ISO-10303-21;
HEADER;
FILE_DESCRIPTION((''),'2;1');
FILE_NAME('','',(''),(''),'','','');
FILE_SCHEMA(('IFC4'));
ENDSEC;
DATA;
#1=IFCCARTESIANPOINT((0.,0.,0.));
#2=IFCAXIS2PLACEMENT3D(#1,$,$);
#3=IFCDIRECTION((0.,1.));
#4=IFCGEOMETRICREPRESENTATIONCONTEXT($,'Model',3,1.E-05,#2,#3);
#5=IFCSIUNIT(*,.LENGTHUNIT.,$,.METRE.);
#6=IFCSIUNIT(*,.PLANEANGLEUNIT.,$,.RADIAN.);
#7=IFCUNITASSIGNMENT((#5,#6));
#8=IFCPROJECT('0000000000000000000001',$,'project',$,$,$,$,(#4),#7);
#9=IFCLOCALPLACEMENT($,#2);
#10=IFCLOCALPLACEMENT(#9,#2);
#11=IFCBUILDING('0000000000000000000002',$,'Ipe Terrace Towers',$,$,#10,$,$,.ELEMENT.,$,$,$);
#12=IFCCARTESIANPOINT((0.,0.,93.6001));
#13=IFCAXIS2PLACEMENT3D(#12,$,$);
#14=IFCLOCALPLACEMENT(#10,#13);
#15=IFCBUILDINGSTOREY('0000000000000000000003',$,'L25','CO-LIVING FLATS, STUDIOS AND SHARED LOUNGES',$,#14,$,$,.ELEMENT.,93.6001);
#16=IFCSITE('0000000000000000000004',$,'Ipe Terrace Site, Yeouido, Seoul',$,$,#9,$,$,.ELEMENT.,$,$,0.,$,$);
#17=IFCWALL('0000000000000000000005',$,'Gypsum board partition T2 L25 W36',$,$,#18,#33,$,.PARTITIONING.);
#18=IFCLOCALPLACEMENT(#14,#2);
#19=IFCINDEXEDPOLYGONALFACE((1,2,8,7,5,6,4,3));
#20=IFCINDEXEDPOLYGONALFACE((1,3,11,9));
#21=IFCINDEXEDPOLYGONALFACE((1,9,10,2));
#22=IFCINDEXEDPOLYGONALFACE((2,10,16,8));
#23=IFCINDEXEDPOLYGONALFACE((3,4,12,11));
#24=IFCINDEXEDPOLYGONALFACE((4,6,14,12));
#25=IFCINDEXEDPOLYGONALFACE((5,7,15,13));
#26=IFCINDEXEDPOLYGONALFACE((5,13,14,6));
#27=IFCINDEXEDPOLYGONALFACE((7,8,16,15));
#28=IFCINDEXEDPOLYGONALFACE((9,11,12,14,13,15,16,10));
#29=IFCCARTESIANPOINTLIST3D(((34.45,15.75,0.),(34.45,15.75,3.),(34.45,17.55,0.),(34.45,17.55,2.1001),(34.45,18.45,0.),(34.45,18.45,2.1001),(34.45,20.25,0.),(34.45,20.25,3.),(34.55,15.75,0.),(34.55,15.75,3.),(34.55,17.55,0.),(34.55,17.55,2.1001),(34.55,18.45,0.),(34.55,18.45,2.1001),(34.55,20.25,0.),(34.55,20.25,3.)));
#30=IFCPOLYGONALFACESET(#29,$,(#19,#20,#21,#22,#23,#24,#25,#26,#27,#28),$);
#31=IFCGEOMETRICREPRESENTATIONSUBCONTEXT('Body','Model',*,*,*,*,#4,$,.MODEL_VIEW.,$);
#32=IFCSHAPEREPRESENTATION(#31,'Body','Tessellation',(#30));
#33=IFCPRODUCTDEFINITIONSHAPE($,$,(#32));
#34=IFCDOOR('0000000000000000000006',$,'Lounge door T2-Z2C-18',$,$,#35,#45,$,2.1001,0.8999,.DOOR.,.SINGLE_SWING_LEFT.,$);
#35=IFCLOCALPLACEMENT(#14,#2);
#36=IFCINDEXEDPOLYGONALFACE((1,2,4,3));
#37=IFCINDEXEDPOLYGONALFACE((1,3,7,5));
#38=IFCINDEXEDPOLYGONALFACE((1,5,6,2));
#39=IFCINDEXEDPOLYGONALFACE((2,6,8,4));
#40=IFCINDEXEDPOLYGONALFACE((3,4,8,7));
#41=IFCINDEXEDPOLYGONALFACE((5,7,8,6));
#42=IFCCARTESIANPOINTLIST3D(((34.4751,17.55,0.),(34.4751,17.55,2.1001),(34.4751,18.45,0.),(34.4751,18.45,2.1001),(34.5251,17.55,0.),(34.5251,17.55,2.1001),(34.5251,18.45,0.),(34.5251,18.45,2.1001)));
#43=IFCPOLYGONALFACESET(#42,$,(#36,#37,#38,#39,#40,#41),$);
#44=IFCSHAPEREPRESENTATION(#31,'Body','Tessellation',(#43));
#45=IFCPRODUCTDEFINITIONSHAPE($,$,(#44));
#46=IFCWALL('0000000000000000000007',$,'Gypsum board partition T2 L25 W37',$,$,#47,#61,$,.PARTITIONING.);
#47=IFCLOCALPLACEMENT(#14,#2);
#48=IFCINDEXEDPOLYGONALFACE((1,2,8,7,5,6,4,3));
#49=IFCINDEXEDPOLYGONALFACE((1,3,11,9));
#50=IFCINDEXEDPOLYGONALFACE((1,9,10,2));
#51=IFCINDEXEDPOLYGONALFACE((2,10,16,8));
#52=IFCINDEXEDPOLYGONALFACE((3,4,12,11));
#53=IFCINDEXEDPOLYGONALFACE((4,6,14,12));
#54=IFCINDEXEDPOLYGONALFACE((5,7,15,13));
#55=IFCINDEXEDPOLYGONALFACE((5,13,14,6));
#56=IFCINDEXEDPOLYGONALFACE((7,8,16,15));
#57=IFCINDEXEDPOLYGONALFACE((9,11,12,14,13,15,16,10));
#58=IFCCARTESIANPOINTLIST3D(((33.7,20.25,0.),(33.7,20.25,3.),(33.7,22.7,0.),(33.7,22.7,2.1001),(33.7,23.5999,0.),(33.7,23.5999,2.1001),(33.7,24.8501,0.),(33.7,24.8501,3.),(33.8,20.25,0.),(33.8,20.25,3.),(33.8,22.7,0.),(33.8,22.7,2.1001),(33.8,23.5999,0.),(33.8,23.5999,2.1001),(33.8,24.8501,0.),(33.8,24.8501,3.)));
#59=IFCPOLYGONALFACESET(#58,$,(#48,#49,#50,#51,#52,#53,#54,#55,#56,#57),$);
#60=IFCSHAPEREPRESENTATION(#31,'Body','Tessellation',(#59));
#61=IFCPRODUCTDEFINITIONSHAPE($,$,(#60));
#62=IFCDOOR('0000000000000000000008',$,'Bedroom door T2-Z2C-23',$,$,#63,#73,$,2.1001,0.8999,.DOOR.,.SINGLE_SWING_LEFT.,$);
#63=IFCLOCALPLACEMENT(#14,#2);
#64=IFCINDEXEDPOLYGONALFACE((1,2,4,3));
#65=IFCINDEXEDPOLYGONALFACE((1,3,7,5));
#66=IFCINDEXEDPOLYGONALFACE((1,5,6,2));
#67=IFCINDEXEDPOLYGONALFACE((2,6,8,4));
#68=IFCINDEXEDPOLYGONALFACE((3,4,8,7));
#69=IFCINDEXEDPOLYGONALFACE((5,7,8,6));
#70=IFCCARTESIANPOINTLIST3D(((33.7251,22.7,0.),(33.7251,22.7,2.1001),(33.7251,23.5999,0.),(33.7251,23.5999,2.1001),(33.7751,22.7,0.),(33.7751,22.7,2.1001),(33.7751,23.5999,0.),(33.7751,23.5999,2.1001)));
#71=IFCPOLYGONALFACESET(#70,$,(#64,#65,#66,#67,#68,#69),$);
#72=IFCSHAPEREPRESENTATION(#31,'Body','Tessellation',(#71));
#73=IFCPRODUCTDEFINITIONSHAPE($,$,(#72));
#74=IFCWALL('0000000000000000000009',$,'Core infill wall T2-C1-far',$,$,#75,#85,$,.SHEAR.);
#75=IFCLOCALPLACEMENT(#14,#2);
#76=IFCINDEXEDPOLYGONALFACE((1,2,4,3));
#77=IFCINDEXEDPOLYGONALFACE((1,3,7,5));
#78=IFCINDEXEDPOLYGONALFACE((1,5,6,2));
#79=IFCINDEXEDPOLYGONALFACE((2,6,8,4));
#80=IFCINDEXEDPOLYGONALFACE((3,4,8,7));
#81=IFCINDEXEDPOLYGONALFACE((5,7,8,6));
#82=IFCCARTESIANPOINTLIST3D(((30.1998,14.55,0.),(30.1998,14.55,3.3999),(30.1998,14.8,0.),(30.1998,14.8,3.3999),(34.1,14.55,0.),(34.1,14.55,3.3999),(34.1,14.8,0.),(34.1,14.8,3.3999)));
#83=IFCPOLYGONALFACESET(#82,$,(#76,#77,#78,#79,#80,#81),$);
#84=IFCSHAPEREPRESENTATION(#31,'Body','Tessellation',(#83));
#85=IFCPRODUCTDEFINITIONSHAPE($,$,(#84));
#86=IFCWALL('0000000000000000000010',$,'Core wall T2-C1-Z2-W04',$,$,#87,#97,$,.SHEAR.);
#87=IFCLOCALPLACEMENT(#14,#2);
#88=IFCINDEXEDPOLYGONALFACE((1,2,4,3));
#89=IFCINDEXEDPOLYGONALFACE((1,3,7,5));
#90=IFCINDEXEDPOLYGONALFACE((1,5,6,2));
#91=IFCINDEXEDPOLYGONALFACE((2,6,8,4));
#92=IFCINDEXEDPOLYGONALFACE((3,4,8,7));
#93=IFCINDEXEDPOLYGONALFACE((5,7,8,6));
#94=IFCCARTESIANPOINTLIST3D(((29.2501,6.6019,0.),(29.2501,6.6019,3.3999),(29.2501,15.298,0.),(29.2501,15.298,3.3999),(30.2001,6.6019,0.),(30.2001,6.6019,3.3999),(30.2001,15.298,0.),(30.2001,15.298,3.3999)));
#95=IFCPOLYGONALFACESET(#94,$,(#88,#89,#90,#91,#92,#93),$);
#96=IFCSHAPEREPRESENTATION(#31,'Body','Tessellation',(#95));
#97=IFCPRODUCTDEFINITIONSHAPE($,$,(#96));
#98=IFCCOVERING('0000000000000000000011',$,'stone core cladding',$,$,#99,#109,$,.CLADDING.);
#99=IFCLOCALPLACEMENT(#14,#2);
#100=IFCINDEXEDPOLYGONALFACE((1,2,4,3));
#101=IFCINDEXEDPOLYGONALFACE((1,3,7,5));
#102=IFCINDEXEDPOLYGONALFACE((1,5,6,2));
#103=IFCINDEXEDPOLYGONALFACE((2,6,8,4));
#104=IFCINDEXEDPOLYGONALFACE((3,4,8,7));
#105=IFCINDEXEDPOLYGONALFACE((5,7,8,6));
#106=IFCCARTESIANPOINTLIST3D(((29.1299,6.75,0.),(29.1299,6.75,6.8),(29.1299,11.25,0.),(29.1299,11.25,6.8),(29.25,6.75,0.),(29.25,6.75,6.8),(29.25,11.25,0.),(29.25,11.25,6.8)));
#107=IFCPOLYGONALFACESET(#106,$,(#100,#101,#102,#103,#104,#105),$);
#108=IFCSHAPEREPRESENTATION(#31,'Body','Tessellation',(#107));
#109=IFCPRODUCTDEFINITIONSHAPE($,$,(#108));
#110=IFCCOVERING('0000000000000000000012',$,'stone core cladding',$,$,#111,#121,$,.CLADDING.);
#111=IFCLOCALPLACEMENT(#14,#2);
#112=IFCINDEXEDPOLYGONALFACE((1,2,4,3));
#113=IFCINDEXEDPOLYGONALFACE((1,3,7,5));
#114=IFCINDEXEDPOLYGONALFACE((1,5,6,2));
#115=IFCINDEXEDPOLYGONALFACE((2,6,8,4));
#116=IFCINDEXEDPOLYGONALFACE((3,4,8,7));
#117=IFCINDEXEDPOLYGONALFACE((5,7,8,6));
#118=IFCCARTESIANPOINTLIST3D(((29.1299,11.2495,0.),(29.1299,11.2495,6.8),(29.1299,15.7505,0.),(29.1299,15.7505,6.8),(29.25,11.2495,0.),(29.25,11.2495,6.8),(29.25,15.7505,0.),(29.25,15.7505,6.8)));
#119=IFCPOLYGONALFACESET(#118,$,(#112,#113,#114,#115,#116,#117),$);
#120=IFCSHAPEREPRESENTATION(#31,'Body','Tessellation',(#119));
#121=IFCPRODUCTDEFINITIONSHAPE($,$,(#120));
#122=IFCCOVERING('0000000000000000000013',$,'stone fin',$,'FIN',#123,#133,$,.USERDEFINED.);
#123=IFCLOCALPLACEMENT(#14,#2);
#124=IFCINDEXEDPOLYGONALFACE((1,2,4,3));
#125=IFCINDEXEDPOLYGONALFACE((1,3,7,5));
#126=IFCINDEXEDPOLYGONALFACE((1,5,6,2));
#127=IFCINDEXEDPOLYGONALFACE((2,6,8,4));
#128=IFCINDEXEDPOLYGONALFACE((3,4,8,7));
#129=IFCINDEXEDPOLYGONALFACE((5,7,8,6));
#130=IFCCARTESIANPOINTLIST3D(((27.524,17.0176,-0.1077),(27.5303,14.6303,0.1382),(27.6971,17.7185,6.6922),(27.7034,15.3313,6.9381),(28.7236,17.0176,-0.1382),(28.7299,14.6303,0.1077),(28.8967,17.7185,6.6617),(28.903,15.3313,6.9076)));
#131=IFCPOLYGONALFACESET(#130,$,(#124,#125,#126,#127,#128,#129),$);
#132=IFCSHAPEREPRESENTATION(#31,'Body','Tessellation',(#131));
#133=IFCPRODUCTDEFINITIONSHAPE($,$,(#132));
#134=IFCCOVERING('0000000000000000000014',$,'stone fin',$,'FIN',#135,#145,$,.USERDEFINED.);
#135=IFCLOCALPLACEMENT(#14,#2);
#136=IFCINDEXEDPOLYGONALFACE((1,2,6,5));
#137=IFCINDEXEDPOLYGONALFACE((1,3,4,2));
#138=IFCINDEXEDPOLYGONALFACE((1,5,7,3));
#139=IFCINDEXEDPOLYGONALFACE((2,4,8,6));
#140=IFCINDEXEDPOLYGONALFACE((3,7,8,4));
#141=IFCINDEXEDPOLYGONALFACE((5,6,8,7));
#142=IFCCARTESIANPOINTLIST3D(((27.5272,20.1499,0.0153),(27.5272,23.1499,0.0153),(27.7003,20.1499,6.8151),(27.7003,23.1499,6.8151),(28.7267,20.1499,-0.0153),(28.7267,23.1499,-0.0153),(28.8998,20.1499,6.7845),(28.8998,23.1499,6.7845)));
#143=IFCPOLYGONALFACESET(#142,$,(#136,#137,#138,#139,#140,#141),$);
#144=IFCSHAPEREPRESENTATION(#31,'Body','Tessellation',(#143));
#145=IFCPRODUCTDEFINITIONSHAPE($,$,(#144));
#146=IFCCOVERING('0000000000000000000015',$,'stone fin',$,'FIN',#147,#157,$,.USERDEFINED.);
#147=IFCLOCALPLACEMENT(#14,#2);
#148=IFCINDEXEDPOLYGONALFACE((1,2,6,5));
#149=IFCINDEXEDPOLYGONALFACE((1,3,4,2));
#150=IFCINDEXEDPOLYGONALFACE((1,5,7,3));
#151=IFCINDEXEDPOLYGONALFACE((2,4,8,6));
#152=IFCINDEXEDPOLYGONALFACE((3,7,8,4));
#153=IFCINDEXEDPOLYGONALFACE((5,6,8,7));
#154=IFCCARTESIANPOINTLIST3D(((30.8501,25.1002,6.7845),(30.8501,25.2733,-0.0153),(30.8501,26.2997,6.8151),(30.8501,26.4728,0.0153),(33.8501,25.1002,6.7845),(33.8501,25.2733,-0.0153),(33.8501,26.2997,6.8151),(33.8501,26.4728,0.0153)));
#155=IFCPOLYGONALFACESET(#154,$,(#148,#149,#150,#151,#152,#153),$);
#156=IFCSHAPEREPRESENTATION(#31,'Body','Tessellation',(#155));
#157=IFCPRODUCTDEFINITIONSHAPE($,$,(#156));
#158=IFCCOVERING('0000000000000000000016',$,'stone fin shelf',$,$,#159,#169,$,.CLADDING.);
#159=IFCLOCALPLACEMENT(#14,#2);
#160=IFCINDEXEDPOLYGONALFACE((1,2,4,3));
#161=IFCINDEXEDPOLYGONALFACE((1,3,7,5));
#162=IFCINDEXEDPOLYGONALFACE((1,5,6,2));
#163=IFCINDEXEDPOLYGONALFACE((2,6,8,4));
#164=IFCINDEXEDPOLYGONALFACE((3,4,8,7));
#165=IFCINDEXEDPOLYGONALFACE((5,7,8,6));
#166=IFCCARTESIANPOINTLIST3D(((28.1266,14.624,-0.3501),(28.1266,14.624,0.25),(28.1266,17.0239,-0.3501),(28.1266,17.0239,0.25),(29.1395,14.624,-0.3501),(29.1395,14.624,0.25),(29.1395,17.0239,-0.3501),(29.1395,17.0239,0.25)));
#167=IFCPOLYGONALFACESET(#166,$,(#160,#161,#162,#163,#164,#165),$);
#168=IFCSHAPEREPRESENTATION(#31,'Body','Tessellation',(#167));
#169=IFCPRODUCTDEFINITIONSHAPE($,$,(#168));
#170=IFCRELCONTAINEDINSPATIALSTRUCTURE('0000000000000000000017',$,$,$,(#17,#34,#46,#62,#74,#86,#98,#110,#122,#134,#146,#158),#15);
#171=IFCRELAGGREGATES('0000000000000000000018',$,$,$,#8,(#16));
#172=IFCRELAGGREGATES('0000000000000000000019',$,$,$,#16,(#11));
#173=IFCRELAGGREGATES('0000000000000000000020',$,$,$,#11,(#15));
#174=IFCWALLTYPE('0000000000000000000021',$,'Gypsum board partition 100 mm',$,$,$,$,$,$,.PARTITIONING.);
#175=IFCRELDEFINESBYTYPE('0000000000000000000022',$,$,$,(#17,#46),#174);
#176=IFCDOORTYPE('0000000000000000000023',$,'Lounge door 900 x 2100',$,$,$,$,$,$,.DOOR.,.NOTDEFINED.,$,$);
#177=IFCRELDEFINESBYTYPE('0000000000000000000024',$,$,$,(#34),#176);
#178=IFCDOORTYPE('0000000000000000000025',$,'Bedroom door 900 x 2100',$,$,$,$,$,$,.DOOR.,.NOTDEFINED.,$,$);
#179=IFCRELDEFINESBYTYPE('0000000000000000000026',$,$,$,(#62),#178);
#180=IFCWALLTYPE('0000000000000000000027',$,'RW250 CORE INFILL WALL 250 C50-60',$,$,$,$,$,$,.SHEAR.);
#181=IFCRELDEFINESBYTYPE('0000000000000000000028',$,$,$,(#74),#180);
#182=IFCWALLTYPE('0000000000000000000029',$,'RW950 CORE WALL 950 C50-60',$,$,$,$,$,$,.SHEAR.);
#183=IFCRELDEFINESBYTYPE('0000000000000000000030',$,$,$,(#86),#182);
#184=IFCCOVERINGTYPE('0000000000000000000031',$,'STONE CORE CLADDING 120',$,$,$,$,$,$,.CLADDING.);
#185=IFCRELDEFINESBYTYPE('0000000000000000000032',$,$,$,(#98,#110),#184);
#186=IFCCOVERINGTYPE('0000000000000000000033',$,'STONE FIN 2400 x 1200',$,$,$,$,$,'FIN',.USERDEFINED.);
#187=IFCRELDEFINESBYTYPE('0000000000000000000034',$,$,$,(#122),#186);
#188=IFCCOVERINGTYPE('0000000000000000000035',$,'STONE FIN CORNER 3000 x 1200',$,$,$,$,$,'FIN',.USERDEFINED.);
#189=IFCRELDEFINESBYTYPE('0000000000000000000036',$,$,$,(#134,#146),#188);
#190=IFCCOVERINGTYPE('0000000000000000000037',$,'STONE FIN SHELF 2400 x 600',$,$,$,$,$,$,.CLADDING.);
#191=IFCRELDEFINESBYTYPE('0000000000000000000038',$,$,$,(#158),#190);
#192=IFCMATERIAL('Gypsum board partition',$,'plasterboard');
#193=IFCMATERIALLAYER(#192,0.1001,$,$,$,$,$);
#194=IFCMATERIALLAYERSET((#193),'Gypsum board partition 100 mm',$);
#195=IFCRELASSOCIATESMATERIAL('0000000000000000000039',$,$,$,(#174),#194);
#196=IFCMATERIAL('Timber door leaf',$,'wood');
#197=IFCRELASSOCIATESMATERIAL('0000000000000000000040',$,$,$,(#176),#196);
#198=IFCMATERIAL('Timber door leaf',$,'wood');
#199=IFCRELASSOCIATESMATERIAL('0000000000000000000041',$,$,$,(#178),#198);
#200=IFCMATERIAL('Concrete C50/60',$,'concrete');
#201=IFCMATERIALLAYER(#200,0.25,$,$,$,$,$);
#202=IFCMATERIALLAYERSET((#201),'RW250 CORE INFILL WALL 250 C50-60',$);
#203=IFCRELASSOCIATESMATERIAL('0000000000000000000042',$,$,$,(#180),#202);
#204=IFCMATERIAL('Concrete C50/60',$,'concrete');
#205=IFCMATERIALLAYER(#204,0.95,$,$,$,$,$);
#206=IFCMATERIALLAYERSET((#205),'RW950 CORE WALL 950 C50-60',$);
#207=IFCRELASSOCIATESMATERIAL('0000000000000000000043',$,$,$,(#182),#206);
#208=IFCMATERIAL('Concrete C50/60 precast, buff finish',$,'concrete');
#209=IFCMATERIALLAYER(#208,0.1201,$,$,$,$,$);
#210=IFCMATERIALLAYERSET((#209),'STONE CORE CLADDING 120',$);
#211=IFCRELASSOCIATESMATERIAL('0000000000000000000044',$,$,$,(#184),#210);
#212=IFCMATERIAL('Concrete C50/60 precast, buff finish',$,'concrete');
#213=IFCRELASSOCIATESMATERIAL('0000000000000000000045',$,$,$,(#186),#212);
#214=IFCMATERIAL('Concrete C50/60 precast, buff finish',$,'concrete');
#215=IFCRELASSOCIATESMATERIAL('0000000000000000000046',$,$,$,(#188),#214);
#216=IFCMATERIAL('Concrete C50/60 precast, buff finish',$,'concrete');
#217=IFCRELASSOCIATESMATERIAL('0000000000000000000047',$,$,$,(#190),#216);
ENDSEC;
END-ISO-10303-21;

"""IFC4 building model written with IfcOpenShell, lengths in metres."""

from ifc_helpers import new_model, si_unit, direction, frame, frame_2d, origin, origin_2d, place, context, subcontext, project, spatial, rectangle, extrude, material, layer, layer_set, material_profile, profile_set, type_object, element, fill, save


model = new_model("IFC4")

# Units and contexts
model_context = context("Model", 3, precision=1e-05, world=origin(), true_north=direction((0.0, 1.0)))
body_context = subcontext(model_context, "Body", "Model", "MODEL_VIEW")
ifc_project = project(units=[si_unit("LENGTHUNIT", "METRE"), si_unit("PLANEANGLEUNIT", "RADIAN")], contexts=[model_context])

# Site, building, storey
site_placement = place(None, origin())
site = spatial("IfcSite", under=ifc_project, at=site_placement, Name="Ipe Terrace Site, Yeouido, Seoul", CompositionType="ELEMENT", RefElevation=0.0)
building_placement = place(site_placement, origin())
building = spatial("IfcBuilding", under=site, at=building_placement, Name="Ipe Terrace Towers", CompositionType="ELEMENT")
storey_placement = place(building_placement, frame((0.0, 0.0, 93.6001)))
storey = spatial("IfcBuildingStorey", under=building, at=storey_placement, Name="L25", Description="CO-LIVING FLATS, STUDIOS AND SHARED LOUNGES", CompositionType="ELEMENT", Elevation=93.6001)

# Shared definitions
ifc_material_1 = material(Name="Gypsum board partition", Category="plasterboard")
ifc_layer_1 = layer(ifc_material_1, 0.1001)
ifc_layer_set_1 = layer_set([ifc_layer_1], Name="Gypsum board partition 100 mm")
wall_type_1 = type_object("IfcWallType", Name="Gypsum board partition 100 mm", PredefinedType="PARTITIONING", material=ifc_layer_set_1)

# Walls, openings, doors
wall_1_placement = place(storey_placement, frame((34.5, 15.75, 0.0), z_axis=(0.0, 0.0, 1.0), x_axis=(0.0, 1.0, 0.0)))
wall_1 = element("IfcWall", 1, at=wall_1_placement, inside=storey, type_object=wall_type_1, Name="Gypsum board partition T2 L25 W36", PredefinedType="PARTITIONING", context=body_context, shape_type="SweptSolid", body=[
    extrude(rectangle(XDim=4.5, YDim=0.1001, at=frame_2d((2.25, 0.0))), origin(), (0.0, 0.0, 1.0), 3.0),
])
opening_1_placement = place(wall_1_placement, frame((1.8, 0.0, 0.0)))
opening_1 = element("IfcOpeningElement", 2, at=opening_1_placement, cuts=wall_1, PredefinedType="OPENING", context=body_context, shape_type="SweptSolid", body=[
    extrude(rectangle(XDim=0.8999, YDim=2.1001, at=frame_2d((0.45, 1.05))), frame((0.0, 0.0601, 0.0), z_axis=(0.0, -1.0, 0.0), x_axis=(1.0, 0.0, 0.0)), (0.0, 0.0, 1.0), 0.1201),
])
ifc_material_2 = material(Name="Timber door leaf", Category="wood")
door_type_1 = type_object("IfcDoorType", Name="Lounge door 900 x 2100", OperationType="NOTDEFINED", PredefinedType="DOOR", material=ifc_material_2)
door_1_placement = place(opening_1_placement, origin())
door_1 = element("IfcDoor", 3, at=door_1_placement, inside=storey, type_object=door_type_1, Name="Lounge door T2-Z2C-18", OperationType="SINGLE_SWING_LEFT", OverallHeight=2.1001, OverallWidth=0.8999, PredefinedType="DOOR", context=body_context, shape_type="SweptSolid", body=[
    extrude(rectangle(XDim=0.8999, YDim=2.1001, at=frame_2d((0.45, 1.05))), frame((0.0, 0.0249, 0.0), z_axis=(0.0, -1.0, 0.0), x_axis=(1.0, 0.0, 0.0)), (0.0, 0.0, 1.0), 0.05),
])
fill(opening_1, door_1)
wall_2_placement = place(storey_placement, frame((33.75, 20.25, 0.0), z_axis=(0.0, 0.0, 1.0), x_axis=(0.0, 1.0, 0.0)))
wall_2 = element("IfcWall", 4, at=wall_2_placement, inside=storey, type_object=wall_type_1, Name="Gypsum board partition T2 L25 W37", PredefinedType="PARTITIONING", context=body_context, shape_type="SweptSolid", body=[
    extrude(rectangle(XDim=4.6001, YDim=0.1001, at=frame_2d((2.3, 0.0))), origin(), (0.0, 0.0, 1.0), 3.0),
])
opening_2_placement = place(wall_2_placement, frame((2.45, 0.0, 0.0)))
opening_2 = element("IfcOpeningElement", 5, at=opening_2_placement, cuts=wall_2, PredefinedType="OPENING", context=body_context, shape_type="SweptSolid", body=[
    extrude(rectangle(XDim=0.8999, YDim=2.1001, at=frame_2d((0.45, 1.05))), frame((0.0, 0.0601, 0.0), z_axis=(0.0, -1.0, 0.0), x_axis=(1.0, 0.0, 0.0)), (0.0, 0.0, 1.0), 0.1201),
])
ifc_material_3 = material(Name="Timber door leaf", Category="wood")
door_type_2 = type_object("IfcDoorType", Name="Bedroom door 900 x 2100", OperationType="NOTDEFINED", PredefinedType="DOOR", material=ifc_material_3)
door_2_placement = place(opening_2_placement, origin())
door_2 = element("IfcDoor", 6, at=door_2_placement, inside=storey, type_object=door_type_2, Name="Bedroom door T2-Z2C-23", OperationType="SINGLE_SWING_LEFT", OverallHeight=2.1001, OverallWidth=0.8999, PredefinedType="DOOR", context=body_context, shape_type="SweptSolid", body=[
    extrude(rectangle(XDim=0.8999, YDim=2.1001, at=frame_2d((0.45, 1.05))), frame((0.0, 0.0249, 0.0), z_axis=(0.0, -1.0, 0.0), x_axis=(1.0, 0.0, 0.0)), (0.0, 0.0, 1.0), 0.05),
])
fill(opening_2, door_2)

# Walls
ifc_material_4 = material(Name="Concrete C50/60", Category="concrete")
ifc_layer_2 = layer(ifc_material_4, 0.25)
ifc_layer_set_2 = layer_set([ifc_layer_2], Name="RW250 CORE INFILL WALL 250 C50-60")
wall_type_2 = type_object("IfcWallType", Name="RW250 CORE INFILL WALL 250 C50-60", PredefinedType="SHEAR", material=ifc_layer_set_2)
wall_3_placement = place(storey_placement, frame((34.1001, 14.675, 0.0), z_axis=(0.0, 0.0, 1.0), x_axis=(-1.0, 0.0, 0.0)))
element("IfcWall", 7, at=wall_3_placement, inside=storey, type_object=wall_type_2, Name="Core infill wall T2-C1-far", PredefinedType="SHEAR", context=body_context, shape_type="SweptSolid", body=[
    extrude(rectangle(XDim=3.9001, YDim=0.25, at=frame_2d((1.9502, 0.0))), origin(), (0.0, 0.0, 1.0), 3.3999),
])
ifc_material_5 = material(Name="Concrete C50/60", Category="concrete")
ifc_layer_3 = layer(ifc_material_5, 0.95)
ifc_layer_set_3 = layer_set([ifc_layer_3], Name="RW950 CORE WALL 950 C50-60")
wall_type_3 = type_object("IfcWallType", Name="RW950 CORE WALL 950 C50-60", PredefinedType="SHEAR", material=ifc_layer_set_3)
wall_4_placement = place(storey_placement, frame((29.7251, 15.2981, 0.0), z_axis=(0.0, 0.0, 1.0), x_axis=(0.0, -1.0, 0.0)))
element("IfcWall", 8, at=wall_4_placement, inside=storey, type_object=wall_type_3, Name="Core wall T2-C1-Z2-W04", PredefinedType="SHEAR", context=body_context, shape_type="SweptSolid", body=[
    extrude(rectangle(XDim=8.696, YDim=0.95, at=frame_2d((4.3481, 0.0))), origin(), (0.0, 0.0, 1.0), 3.3999),
])

# Coverings
ifc_material_6 = material(Name="Concrete C50/60 precast, buff finish", Category="concrete")
ifc_layer_4 = layer(ifc_material_6, 0.1201)
ifc_layer_set_4 = layer_set([ifc_layer_4], Name="STONE CORE CLADDING 120")
covering_type_1 = type_object("IfcCoveringType", Name="STONE CORE CLADDING 120", PredefinedType="CLADDING", material=ifc_layer_set_4)
covering_1_placement = place(storey_placement, frame((29.1899, 9.0, 0.0), z_axis=(0.0, 0.0, 1.0), x_axis=(0.0, -1.0, 0.0)))
element("IfcCovering", 9, at=covering_1_placement, inside=storey, type_object=covering_type_1, Name="stone core cladding", PredefinedType="CLADDING", context=body_context, shape_type="SweptSolid", body=[
    extrude(rectangle(XDim=4.5, YDim=0.1201, at=origin_2d()), origin(), (0.0, 0.0, 1.0), 6.8),
])
covering_2_placement = place(storey_placement, frame((29.1899, 13.5, 0.0), z_axis=(0.0, 0.0, 1.0), x_axis=(0.0, -1.0, 0.0)))
element("IfcCovering", 10, at=covering_2_placement, inside=storey, type_object=covering_type_1, Name="stone core cladding", PredefinedType="CLADDING", context=body_context, shape_type="SweptSolid", body=[
    extrude(rectangle(XDim=4.501, YDim=0.1201, at=origin_2d()), origin(), (0.0, 0.0, 1.0), 6.8),
])
ifc_material_7 = material(Name="Concrete C50/60 precast, buff finish", Category="concrete")
ifc_material_profile_1 = material_profile(ifc_material_7, rectangle(XDim=2.3999, YDim=1.2, at=origin_2d()), Name="STONE FIN 2400 x 1200")
ifc_profile_set_1 = profile_set([ifc_material_profile_1], Name="Concrete C50/60 precast, buff finish")
covering_type_2 = type_object("IfcCoveringType", Name="STONE FIN 2400 x 1200", ElementType="FIN", PredefinedType="USERDEFINED", material=ifc_profile_set_1)
covering_3_placement = place(storey_placement, frame((28.127, 15.824, 0.0), z_axis=(0.025314, 0.102504, 0.99441), x_axis=(0.002609, -0.994733, 0.102471)))
element("IfcCovering", 11, at=covering_3_placement, inside=storey, type_object=covering_type_2, Name="stone fin", ObjectType="FIN", PredefinedType="USERDEFINED", context=body_context, shape_type="SweptSolid", body=[
    extrude(rectangle(XDim=2.3999, YDim=1.2, at=origin_2d()), origin(), (0.0, 0.0, 1.0), 6.8381),
])
ifc_material_8 = material(Name="Concrete C50/60 precast, buff finish", Category="concrete")
ifc_material_profile_2 = material_profile(ifc_material_8, rectangle(XDim=3.0, YDim=1.2, at=origin_2d()), Name="STONE FIN CORNER 3000 x 1200")
ifc_profile_set_2 = profile_set([ifc_material_profile_2], Name="Concrete C50/60 precast, buff finish")
covering_type_3 = type_object("IfcCoveringType", Name="STONE FIN CORNER 3000 x 1200", ElementType="FIN", PredefinedType="USERDEFINED", material=ifc_profile_set_2)
for number, where, z_axis, x_axis, name in (
    (12, (28.127, 21.6499, 0.0), (0.025448, 0.0, 0.999676), (0.0, -1.0, 0.0), "stone fin"),
    (13, (32.3501, 25.873, 0.0), (0.0, -0.025448, 0.999676), (-1.0, 0.0, 0.0), "stone fin"),
):
    element("IfcCovering", number, at=place(storey_placement, frame(where, z_axis=z_axis, x_axis=x_axis)), inside=storey, type_object=covering_type_3, Name=name, ObjectType="FIN", PredefinedType="USERDEFINED", context=body_context, shape_type="SweptSolid", body=[
        extrude(rectangle(XDim=3.0, YDim=1.2, at=origin_2d()), origin(), (0.0, 0.0, 1.0), 6.802),
    ])
ifc_material_9 = material(Name="Concrete C50/60 precast, buff finish", Category="concrete")
covering_type_4 = type_object("IfcCoveringType", Name="STONE FIN SHELF 2400 x 600", PredefinedType="CLADDING", material=ifc_material_9)
covering_4_placement = place(storey_placement, frame((28.6331, 15.824, -0.3501), z_axis=(0.0, 0.0, 1.0), x_axis=(0.0, -1.0, 0.0)))
element("IfcCovering", 14, at=covering_4_placement, inside=storey, type_object=covering_type_4, Name="stone fin shelf", PredefinedType="CLADDING", context=body_context, shape_type="SweptSolid", body=[
    extrude(rectangle(XDim=2.3999, YDim=1.0129, at=origin_2d()), origin(), (0.0, 0.0, 1.0), 0.6001),
])

save(model, "model.ifc")
